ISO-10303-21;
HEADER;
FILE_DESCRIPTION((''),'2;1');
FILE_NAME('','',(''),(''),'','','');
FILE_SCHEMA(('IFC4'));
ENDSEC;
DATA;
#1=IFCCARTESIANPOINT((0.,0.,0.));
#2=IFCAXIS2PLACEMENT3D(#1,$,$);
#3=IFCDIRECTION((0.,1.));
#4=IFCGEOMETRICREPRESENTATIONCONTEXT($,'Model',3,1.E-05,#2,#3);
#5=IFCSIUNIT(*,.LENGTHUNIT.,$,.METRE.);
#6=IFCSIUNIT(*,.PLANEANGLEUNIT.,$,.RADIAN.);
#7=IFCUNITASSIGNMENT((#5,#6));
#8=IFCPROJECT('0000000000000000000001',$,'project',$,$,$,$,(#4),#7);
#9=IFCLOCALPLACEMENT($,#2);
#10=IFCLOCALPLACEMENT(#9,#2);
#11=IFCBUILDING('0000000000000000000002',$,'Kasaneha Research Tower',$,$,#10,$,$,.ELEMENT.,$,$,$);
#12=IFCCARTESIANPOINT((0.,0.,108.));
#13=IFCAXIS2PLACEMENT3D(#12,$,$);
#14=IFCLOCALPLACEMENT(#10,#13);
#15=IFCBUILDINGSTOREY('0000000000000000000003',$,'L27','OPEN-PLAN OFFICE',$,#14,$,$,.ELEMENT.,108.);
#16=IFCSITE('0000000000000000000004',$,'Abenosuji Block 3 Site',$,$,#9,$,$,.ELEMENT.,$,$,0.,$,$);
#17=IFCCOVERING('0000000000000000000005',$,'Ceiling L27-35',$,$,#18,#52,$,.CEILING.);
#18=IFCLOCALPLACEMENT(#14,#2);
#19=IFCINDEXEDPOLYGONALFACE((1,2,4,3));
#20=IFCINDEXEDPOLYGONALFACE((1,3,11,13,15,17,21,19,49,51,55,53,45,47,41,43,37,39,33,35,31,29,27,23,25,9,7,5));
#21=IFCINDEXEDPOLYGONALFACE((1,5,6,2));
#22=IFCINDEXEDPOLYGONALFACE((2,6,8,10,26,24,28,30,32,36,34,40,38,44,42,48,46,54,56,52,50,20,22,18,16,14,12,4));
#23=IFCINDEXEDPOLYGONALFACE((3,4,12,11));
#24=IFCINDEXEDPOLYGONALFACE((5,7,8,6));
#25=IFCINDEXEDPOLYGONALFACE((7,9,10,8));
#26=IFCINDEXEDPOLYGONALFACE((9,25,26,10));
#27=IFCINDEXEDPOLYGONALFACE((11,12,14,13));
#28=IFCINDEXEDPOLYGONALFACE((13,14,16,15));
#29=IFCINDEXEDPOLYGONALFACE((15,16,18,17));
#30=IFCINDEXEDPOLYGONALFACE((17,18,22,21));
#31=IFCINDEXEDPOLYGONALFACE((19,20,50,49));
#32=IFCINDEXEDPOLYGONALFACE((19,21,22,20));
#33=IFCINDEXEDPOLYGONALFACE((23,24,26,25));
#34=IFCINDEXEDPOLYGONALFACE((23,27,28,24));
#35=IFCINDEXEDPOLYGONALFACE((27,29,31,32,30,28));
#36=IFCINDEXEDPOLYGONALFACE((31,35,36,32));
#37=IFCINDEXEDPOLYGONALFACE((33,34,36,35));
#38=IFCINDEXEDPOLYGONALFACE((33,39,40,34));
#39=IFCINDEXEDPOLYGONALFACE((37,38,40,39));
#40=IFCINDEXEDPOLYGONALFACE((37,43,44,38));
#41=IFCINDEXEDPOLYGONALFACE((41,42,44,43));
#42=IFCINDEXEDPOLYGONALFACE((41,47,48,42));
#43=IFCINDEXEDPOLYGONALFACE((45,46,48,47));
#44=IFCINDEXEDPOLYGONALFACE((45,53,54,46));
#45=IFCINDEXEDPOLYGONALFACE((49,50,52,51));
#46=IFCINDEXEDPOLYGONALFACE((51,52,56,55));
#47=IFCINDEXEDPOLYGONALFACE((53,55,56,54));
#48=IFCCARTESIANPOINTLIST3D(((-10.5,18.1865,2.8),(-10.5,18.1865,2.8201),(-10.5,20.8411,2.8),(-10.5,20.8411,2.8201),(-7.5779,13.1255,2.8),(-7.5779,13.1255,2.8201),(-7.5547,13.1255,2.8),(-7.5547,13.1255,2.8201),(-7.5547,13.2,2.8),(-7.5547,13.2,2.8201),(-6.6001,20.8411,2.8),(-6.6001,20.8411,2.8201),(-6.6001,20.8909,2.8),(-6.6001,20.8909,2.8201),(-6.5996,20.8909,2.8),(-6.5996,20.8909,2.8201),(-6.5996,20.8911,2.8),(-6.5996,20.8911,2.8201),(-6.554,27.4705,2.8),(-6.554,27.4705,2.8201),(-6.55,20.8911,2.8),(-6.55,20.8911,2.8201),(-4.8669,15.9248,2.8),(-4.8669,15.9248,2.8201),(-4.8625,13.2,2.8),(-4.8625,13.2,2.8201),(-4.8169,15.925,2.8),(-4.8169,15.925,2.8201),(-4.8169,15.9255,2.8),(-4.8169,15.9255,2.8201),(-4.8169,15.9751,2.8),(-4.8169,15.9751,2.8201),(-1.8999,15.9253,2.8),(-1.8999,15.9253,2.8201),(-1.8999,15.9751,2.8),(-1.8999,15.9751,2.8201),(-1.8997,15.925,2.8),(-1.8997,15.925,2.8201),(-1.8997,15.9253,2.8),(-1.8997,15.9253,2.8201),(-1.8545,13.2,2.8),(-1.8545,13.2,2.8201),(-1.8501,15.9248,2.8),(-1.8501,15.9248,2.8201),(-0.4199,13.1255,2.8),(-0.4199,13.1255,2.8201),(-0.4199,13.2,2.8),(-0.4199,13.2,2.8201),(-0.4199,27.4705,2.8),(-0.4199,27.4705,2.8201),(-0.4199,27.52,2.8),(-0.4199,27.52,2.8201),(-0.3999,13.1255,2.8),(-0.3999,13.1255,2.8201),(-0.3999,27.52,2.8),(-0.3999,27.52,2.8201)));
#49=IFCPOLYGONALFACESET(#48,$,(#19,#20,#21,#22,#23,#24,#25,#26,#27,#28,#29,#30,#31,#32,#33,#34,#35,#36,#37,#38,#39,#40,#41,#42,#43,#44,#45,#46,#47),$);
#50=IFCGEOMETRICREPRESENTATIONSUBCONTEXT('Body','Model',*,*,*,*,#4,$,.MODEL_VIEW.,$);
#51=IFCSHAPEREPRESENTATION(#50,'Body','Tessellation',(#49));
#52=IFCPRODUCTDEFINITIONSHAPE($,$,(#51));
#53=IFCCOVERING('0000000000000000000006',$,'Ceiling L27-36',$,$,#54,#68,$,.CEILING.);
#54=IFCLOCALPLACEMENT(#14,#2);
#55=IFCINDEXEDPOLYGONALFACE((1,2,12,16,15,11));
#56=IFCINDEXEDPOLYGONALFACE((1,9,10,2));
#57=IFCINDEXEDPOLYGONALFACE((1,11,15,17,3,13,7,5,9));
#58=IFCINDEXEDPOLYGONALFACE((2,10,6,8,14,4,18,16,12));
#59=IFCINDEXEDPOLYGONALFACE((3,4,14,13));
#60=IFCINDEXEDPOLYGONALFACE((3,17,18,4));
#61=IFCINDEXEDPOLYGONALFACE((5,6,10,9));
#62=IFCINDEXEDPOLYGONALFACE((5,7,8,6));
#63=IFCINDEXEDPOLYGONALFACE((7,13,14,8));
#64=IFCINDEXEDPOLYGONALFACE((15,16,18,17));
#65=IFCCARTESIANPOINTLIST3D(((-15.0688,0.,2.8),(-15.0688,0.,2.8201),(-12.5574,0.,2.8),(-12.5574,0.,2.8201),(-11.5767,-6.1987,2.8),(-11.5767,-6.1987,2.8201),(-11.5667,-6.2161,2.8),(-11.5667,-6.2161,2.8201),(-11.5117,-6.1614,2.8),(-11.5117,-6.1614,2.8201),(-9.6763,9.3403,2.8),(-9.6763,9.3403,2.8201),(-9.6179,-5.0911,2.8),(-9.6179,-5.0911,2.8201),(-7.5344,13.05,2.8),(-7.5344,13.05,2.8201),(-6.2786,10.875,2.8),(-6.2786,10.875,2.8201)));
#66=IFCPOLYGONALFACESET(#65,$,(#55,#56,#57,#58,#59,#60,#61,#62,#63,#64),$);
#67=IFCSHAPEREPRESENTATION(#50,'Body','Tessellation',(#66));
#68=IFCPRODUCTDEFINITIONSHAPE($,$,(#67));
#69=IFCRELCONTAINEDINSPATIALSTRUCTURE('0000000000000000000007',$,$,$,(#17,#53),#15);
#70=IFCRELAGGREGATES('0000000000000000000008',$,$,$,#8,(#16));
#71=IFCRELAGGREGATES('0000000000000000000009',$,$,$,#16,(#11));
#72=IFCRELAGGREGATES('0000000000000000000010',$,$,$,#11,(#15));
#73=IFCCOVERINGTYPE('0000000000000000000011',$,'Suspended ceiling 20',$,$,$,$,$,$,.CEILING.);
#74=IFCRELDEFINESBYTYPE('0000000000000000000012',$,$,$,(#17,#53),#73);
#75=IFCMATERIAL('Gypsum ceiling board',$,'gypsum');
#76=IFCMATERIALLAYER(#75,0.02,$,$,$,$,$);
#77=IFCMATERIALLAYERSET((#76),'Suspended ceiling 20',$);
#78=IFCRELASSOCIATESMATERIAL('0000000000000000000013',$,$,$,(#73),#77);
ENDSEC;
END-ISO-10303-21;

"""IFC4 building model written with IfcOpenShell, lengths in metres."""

from ifc_helpers import new_model, si_unit, direction, frame, origin, place, context, subcontext, project, spatial, polyline, outline, extrude, material, layer, layer_set, type_object, element, save


model = new_model("IFC4")

# Units and contexts
model_context = context("Model", 3, precision=1e-05, world=origin(), true_north=direction((0.0, 1.0)))
body_context = subcontext(model_context, "Body", "Model", "MODEL_VIEW")
ifc_project = project(units=[si_unit("LENGTHUNIT", "METRE"), si_unit("PLANEANGLEUNIT", "RADIAN")], contexts=[model_context])

# Site, building, storey
site_placement = place(None, origin())
site = spatial("IfcSite", under=ifc_project, at=site_placement, Name="Abenosuji Block 3 Site", CompositionType="ELEMENT", RefElevation=0.0)
building_placement = place(site_placement, origin())
building = spatial("IfcBuilding", under=site, at=building_placement, Name="Kasaneha Research Tower", CompositionType="ELEMENT")
storey_placement = place(building_placement, frame((0.0, 0.0, 108.0)))
storey = spatial("IfcBuildingStorey", under=building, at=storey_placement, Name="L27", Description="OPEN-PLAN OFFICE", CompositionType="ELEMENT", Elevation=108.0)

# Coverings
ifc_material_1 = material(Name="Gypsum ceiling board", Category="gypsum")
ifc_layer_1 = layer(ifc_material_1, 0.02)
ifc_layer_set_1 = layer_set([ifc_layer_1], Name="Suspended ceiling 20")
covering_type = type_object("IfcCoveringType", Name="Suspended ceiling 20", PredefinedType="CEILING", material=ifc_layer_set_1)
covering_1_placement = place(storey_placement, frame((0.0, 0.0, 2.8)))
element("IfcCovering", 1, at=covering_1_placement, inside=storey, type_object=covering_type, Name="Ceiling L27-35", PredefinedType="CEILING", context=body_context, shape_type="SweptSolid", body=[
    extrude(outline(polyline([(-1.8999, 15.9253), (-1.8999, 15.9751), (-4.8169, 15.9751), (-4.8169, 15.9255), (-4.8169, 15.925), (-4.8669, 15.9248), (-4.8625, 13.2), (-7.5547, 13.2), (-7.5547, 13.1255), (-7.5779, 13.1255), (-10.5, 18.1865), (-10.5, 20.8411), (-6.6001, 20.8411), (-6.6001, 20.8909), (-6.5996, 20.8909), (-6.5996, 20.8911), (-6.55, 20.8911), (-6.554, 27.4705), (-0.4199, 27.4705), (-0.4199, 27.52), (-0.3999, 27.52), (-0.3999, 13.1255), (-0.4199, 13.1255), (-0.4199, 13.2), (-1.8545, 13.2), (-1.8501, 15.9248), (-1.8997, 15.925), (-1.8997, 15.9253), (-1.8999, 15.9253)])), origin(), (0.0, 0.0, 1.0), 0.02),
])
covering_2_placement = place(storey_placement, frame((0.0, 0.0, 2.8)))
element("IfcCovering", 2, at=covering_2_placement, inside=storey, type_object=covering_type, Name="Ceiling L27-36", PredefinedType="CEILING", context=body_context, shape_type="SweptSolid", body=[
    extrude(outline(polyline([(-12.5574, 0.0), (-9.6179, -5.0911), (-11.5667, -6.2161), (-11.5767, -6.1987), (-11.5117, -6.1614), (-15.0688, 0.0), (-9.6763, 9.3403), (-9.6763, 9.3403), (-7.5344, 13.05), (-7.5344, 13.05), (-6.2786, 10.875), (-12.5574, 0.0)])), origin(), (0.0, 0.0, 1.0), 0.02),
])

save(model, "model.ifc")
